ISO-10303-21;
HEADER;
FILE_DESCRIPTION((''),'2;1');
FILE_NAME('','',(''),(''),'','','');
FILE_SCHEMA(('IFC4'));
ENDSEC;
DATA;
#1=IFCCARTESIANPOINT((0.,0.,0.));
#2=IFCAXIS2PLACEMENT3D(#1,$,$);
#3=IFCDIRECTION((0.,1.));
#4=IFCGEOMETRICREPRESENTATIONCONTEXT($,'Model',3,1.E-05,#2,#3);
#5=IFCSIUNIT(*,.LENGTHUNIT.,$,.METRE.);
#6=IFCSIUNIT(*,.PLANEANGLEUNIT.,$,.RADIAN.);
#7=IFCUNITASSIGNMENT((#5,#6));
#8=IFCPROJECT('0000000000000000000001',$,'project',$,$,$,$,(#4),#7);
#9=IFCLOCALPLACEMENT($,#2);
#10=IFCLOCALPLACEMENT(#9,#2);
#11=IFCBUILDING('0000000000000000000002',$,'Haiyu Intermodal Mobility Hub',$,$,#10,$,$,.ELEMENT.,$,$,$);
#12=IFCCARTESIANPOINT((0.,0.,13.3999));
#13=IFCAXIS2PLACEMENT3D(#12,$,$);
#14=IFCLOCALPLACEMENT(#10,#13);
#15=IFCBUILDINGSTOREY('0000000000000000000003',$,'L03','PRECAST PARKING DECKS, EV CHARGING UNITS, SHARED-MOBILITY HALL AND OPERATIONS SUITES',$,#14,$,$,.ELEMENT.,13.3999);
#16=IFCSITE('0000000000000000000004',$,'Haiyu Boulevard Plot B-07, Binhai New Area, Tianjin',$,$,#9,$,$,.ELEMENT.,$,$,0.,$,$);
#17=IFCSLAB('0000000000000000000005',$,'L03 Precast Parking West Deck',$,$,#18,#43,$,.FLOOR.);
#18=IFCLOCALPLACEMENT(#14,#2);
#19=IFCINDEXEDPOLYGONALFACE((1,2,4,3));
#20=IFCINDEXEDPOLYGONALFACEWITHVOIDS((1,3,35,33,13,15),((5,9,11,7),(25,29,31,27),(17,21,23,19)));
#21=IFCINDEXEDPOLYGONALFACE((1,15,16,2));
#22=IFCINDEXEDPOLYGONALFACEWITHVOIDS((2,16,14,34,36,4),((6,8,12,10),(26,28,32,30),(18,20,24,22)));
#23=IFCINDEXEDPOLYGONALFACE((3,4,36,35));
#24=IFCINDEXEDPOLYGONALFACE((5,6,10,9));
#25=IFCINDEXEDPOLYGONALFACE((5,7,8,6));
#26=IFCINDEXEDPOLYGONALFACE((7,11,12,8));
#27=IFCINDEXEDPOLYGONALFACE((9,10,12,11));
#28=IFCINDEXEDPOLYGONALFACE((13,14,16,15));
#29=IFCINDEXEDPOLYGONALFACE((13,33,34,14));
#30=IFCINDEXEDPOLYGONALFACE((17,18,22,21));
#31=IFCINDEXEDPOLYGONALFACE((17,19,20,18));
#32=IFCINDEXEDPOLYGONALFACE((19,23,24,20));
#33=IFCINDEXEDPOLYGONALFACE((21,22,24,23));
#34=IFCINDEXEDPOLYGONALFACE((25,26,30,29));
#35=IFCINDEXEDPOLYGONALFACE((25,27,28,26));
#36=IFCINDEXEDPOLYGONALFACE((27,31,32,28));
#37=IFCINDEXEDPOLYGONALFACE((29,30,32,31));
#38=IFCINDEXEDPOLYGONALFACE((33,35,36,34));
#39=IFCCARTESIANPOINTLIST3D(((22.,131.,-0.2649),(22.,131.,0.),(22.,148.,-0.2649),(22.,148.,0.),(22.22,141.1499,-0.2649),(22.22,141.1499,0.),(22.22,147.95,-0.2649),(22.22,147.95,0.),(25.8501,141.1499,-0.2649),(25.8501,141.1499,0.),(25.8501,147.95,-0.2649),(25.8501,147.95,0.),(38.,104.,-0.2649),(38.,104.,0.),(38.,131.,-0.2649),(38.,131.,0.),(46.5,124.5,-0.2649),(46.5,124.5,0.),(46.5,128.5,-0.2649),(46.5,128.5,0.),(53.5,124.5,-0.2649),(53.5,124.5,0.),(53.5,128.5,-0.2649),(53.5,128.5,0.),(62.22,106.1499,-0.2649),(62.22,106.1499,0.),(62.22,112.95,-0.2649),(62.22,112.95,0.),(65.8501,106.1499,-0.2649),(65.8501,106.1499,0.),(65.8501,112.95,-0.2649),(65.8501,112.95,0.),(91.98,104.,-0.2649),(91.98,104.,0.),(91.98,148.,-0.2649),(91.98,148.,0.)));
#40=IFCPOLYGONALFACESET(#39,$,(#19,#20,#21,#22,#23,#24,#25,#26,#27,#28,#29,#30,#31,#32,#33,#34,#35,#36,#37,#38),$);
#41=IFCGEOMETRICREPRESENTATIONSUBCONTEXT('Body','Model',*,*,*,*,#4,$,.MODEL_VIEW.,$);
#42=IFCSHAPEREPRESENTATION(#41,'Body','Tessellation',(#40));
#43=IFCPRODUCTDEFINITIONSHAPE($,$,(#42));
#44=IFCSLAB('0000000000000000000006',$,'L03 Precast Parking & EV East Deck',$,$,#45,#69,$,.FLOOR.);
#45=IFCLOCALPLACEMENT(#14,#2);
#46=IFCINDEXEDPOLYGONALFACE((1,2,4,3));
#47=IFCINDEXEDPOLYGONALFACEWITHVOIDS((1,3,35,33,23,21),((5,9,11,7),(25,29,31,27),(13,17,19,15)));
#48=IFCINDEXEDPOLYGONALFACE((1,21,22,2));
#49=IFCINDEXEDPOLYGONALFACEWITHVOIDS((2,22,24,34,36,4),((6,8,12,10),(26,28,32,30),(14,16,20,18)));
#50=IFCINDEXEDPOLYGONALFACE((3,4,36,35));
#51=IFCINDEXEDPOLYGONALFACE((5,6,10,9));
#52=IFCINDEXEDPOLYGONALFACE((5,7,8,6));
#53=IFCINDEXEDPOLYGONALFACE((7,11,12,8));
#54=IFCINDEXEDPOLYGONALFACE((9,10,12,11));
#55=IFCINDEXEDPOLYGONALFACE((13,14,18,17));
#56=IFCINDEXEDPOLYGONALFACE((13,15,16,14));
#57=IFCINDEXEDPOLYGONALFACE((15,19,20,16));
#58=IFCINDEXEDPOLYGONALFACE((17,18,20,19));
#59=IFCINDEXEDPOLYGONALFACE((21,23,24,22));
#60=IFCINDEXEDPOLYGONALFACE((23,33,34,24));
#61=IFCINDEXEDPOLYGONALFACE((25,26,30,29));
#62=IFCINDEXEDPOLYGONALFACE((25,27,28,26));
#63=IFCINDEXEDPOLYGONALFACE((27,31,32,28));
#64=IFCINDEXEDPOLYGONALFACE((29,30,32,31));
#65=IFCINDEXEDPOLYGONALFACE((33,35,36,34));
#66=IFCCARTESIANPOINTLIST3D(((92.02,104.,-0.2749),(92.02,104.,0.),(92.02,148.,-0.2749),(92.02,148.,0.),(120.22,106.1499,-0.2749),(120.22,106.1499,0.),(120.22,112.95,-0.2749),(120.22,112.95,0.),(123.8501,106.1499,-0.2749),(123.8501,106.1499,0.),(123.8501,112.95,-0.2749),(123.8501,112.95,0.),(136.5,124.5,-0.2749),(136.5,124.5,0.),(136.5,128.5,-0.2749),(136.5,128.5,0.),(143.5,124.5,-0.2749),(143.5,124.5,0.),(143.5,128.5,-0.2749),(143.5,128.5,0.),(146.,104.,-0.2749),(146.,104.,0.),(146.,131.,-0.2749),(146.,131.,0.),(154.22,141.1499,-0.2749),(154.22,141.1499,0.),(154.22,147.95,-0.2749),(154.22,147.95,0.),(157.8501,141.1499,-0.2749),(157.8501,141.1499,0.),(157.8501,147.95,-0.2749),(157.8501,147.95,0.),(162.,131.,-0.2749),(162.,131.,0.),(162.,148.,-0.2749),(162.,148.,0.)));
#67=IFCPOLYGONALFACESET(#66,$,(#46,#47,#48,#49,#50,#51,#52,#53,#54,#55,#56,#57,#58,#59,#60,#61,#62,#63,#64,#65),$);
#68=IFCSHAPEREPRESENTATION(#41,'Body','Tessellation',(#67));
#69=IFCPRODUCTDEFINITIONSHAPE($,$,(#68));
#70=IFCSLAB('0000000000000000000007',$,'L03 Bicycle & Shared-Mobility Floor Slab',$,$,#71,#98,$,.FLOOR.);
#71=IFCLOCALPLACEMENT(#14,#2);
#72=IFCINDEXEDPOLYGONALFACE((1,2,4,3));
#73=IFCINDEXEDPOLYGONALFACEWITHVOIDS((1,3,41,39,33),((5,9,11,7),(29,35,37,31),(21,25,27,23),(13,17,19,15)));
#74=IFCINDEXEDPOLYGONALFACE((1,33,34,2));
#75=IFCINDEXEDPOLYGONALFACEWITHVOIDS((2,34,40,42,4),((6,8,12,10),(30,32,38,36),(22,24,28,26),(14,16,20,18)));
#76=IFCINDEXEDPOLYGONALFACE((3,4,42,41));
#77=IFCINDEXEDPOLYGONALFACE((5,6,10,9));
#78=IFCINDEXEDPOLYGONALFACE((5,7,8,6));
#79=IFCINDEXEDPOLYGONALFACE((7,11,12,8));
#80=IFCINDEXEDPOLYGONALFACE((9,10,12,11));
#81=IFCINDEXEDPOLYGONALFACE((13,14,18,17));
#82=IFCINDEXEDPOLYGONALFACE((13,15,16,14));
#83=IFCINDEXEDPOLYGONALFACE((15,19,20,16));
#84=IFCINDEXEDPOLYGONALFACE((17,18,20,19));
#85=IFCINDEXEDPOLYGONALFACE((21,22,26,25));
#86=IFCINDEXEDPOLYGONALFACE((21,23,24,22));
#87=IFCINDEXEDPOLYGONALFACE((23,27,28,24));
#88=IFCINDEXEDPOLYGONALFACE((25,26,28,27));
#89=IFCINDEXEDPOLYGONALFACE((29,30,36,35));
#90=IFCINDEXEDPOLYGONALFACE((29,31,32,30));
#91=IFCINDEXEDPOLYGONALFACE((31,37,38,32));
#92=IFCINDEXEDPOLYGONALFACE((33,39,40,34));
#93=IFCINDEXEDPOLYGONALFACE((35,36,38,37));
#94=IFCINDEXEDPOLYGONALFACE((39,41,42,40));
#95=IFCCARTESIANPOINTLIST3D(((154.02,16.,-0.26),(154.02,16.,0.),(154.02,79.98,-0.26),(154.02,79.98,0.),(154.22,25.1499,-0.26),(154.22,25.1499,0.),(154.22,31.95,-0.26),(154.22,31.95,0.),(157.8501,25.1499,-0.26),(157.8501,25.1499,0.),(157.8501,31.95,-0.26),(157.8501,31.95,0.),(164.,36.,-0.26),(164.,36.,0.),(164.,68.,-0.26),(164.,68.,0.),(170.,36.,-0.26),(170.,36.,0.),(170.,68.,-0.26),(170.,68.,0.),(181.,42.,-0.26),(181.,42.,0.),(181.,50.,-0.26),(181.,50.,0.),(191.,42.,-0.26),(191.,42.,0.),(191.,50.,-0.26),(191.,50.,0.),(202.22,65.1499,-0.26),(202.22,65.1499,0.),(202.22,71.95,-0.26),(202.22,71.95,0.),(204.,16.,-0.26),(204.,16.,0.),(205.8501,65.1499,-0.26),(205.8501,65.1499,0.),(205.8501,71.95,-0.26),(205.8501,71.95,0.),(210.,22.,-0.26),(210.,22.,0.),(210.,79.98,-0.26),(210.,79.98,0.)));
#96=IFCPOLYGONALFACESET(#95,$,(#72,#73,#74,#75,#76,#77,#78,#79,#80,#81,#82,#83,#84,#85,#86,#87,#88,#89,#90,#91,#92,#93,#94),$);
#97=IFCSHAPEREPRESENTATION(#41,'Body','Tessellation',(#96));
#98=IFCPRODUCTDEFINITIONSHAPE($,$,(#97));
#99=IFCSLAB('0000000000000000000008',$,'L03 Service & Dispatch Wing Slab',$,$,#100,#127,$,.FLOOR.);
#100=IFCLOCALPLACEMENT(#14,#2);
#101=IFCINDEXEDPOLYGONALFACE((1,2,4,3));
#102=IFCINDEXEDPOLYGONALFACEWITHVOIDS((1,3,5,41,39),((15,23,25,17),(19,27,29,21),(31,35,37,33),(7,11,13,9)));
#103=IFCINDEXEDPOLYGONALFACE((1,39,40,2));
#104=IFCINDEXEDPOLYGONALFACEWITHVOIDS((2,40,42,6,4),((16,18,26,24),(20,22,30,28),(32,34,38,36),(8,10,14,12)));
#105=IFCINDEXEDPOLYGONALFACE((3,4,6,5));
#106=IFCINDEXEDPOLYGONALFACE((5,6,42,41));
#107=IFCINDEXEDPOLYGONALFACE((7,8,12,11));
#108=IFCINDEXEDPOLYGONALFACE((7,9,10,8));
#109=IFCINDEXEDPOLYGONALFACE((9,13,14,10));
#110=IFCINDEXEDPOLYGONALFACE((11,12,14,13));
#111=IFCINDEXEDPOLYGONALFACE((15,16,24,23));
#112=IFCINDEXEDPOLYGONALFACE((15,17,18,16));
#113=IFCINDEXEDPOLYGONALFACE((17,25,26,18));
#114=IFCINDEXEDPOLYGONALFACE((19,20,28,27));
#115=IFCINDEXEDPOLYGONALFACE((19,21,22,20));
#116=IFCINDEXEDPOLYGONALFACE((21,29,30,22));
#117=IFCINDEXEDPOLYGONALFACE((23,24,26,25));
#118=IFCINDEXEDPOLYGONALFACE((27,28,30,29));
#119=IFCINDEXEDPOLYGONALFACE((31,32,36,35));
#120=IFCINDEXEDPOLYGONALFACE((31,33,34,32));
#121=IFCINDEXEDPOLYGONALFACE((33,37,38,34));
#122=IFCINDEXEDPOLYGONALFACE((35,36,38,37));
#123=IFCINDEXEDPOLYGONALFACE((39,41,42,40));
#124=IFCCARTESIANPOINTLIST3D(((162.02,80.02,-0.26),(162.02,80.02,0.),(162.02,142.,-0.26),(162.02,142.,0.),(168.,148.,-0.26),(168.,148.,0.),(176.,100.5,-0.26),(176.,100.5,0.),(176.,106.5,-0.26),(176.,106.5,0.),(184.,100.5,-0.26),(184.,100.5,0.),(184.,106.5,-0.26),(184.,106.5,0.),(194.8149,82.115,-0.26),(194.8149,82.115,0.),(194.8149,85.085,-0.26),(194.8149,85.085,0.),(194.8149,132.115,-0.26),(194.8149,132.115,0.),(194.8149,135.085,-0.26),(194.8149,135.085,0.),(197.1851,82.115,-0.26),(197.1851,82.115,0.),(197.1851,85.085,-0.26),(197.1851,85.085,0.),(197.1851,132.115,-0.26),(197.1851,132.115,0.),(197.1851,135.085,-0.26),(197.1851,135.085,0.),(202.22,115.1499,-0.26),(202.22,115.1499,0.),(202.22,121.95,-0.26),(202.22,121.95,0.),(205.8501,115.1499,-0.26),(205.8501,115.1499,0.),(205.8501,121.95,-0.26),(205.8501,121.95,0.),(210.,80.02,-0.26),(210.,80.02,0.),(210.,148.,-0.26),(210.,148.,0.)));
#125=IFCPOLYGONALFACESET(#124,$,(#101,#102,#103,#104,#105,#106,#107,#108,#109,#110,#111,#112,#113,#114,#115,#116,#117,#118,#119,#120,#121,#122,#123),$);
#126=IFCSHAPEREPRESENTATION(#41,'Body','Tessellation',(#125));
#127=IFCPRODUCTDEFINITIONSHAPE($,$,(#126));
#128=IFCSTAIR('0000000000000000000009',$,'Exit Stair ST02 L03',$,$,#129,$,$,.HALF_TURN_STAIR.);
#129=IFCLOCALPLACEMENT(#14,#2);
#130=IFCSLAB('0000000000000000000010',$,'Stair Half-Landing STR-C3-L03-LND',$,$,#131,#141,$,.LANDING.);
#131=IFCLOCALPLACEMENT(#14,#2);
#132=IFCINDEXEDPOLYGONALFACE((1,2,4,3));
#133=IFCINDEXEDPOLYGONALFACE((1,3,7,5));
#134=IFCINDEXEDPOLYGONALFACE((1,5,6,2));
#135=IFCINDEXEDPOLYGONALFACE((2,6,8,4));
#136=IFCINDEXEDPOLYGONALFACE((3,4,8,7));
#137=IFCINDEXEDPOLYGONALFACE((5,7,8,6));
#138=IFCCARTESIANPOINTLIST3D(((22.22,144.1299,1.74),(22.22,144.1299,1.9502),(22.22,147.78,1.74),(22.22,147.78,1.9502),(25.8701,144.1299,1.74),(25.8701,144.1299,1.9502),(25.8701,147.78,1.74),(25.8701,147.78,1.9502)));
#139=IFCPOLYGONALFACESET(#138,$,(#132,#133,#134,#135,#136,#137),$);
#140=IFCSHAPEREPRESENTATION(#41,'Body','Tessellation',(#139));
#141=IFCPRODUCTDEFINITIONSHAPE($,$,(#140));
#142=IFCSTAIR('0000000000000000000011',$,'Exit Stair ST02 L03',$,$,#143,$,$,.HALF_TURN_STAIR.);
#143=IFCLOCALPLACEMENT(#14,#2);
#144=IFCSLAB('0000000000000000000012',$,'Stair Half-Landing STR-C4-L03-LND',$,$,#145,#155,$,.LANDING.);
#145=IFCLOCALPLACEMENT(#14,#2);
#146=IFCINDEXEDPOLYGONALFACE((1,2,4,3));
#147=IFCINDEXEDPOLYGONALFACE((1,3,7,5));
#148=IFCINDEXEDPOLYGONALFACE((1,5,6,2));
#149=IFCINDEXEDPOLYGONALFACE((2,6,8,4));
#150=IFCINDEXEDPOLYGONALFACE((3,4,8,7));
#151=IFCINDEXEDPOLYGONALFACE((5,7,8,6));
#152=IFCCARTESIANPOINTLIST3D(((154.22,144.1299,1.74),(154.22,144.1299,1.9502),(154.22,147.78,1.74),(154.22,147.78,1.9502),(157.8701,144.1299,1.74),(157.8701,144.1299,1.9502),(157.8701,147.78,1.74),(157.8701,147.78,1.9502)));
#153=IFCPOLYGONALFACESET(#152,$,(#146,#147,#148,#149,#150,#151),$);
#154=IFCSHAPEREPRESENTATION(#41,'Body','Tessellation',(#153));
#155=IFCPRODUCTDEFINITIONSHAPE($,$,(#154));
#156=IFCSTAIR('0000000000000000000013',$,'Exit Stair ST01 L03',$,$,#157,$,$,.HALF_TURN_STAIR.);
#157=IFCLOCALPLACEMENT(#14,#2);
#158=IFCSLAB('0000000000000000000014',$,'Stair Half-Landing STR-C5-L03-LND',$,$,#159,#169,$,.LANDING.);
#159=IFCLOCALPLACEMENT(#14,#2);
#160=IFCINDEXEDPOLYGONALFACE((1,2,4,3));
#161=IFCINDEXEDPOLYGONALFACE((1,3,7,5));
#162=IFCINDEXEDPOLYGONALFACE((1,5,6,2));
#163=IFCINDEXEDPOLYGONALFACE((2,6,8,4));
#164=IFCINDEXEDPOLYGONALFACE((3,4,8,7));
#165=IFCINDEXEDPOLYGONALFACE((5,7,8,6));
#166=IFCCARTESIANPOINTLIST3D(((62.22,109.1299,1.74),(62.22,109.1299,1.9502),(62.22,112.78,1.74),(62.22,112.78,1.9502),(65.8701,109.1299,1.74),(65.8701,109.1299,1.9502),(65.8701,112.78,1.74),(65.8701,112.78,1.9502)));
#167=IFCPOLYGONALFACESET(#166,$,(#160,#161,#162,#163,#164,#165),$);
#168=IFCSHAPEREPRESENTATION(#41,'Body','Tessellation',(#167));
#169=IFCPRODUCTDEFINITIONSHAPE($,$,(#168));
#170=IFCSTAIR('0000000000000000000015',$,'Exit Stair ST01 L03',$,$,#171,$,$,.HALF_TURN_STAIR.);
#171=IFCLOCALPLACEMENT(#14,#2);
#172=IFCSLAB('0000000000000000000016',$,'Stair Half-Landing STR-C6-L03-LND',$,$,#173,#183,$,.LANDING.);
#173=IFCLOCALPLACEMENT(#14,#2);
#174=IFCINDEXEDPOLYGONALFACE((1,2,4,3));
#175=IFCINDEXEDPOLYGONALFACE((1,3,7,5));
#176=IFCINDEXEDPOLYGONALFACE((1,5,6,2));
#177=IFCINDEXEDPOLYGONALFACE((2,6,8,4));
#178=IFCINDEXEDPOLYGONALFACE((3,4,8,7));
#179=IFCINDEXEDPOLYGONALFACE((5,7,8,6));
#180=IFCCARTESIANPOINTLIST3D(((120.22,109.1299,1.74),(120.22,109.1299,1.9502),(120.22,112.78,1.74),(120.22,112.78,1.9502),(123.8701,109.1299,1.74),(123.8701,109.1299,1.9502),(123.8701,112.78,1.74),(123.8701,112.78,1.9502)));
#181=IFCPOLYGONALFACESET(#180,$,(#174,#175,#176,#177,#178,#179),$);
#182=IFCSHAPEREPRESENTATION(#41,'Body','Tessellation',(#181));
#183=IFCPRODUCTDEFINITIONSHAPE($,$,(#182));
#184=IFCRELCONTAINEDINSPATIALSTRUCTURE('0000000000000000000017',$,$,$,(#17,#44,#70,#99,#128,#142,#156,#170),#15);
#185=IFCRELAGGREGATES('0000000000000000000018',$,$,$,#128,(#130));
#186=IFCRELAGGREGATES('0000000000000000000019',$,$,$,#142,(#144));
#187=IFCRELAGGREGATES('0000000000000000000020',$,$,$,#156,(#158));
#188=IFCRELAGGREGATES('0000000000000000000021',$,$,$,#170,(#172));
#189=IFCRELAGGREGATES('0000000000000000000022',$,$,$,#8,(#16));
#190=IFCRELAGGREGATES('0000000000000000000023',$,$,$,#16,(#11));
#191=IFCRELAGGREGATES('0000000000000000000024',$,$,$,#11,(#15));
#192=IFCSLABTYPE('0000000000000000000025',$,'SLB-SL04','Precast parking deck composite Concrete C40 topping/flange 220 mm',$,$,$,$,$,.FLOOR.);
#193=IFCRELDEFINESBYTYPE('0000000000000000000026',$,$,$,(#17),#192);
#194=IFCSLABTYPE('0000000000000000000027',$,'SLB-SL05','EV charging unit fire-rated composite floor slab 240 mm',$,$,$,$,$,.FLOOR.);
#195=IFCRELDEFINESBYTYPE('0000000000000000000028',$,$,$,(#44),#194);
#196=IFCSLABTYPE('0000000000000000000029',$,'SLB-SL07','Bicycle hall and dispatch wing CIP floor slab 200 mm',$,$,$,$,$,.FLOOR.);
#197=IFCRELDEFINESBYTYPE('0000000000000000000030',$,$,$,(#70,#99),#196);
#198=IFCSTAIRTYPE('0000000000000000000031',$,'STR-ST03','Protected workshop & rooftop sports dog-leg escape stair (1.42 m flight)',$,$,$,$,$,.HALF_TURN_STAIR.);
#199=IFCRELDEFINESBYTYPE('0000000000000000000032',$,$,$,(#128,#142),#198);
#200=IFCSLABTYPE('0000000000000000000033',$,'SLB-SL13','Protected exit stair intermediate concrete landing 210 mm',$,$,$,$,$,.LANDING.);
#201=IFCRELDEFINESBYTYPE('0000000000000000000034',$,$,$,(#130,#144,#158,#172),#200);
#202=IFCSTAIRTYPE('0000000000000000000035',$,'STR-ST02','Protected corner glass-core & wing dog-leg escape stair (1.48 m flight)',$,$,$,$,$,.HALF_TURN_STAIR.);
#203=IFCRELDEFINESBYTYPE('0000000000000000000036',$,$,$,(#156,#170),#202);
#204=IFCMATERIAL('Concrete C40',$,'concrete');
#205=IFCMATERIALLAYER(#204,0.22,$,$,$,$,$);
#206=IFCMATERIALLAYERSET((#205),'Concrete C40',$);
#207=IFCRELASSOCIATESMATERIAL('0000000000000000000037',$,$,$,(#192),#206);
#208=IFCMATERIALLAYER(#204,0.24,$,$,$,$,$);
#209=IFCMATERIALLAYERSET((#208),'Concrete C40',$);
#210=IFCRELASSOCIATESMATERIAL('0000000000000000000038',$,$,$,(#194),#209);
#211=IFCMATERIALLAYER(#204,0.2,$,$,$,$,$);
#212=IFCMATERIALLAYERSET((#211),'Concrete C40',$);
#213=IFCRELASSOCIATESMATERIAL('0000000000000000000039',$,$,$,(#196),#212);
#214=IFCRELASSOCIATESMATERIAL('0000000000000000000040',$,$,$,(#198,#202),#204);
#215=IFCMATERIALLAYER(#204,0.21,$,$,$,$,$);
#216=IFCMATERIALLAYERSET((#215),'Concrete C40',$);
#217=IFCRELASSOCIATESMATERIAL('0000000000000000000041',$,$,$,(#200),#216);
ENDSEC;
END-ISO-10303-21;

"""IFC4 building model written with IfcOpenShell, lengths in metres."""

from ifc_helpers import new_model, si_unit, direction, frame, origin, place, context, subcontext, project, spatial, polyline, outline, extrude, material, layer, layer_set, type_object, element, aggregate, save


model = new_model("IFC4")

# Units and contexts
model_context = context("Model", 3, precision=1e-05, world=origin(), true_north=direction((0.0, 1.0)))
body_context = subcontext(model_context, "Body", "Model", "MODEL_VIEW")
ifc_project = project(units=[si_unit("LENGTHUNIT", "METRE"), si_unit("PLANEANGLEUNIT", "RADIAN")], contexts=[model_context])

# Site, building, storey
site_placement = place(None, origin())
site = spatial("IfcSite", under=ifc_project, at=site_placement, Name="Haiyu Boulevard Plot B-07, Binhai New Area, Tianjin", CompositionType="ELEMENT", RefElevation=0.0)
building_placement = place(site_placement, origin())
building = spatial("IfcBuilding", under=site, at=building_placement, Name="Haiyu Intermodal Mobility Hub", CompositionType="ELEMENT")
storey_placement = place(building_placement, frame((0.0, 0.0, 13.3999)))
storey = spatial("IfcBuildingStorey", under=building, at=storey_placement, Name="L03", Description="PRECAST PARKING DECKS, EV CHARGING UNITS, SHARED-MOBILITY HALL AND OPERATIONS SUITES", CompositionType="ELEMENT", Elevation=13.3999)

# Shared definitions
ifc_material_1 = material(Name="Concrete C40", Category="concrete")

# Slabs
ifc_layer_1 = layer(ifc_material_1, 0.22)
ifc_layer_set_1 = layer_set([ifc_layer_1], Name="Concrete C40")
slab_type_1 = type_object("IfcSlabType", Name="SLB-SL04", Description="Precast parking deck composite Concrete C40 topping/flange 220 mm", PredefinedType="FLOOR", material=ifc_layer_set_1)
slab_1_placement = place(storey_placement, frame((0.0, 0.0, -0.2649)))
element("IfcSlab", 1, at=slab_1_placement, inside=storey, type_object=slab_type_1, Name="L03 Precast Parking West Deck", PredefinedType="FLOOR", context=body_context, shape_type="SweptSolid", body=[
    extrude(outline(polyline([(38.0, 104.0), (91.98, 104.0), (91.98, 148.0), (22.0, 148.0), (22.0, 131.0), (38.0, 131.0), (38.0, 104.0)]), holes=[polyline([(22.22, 141.1499), (25.8501, 141.1499), (25.8501, 147.95), (22.22, 147.95), (22.22, 141.1499)]), polyline([(62.22, 106.1499), (65.8501, 106.1499), (65.8501, 112.95), (62.22, 112.95), (62.22, 106.1499)]), polyline([(46.5, 124.5), (53.5, 124.5), (53.5, 128.5), (46.5, 128.5), (46.5, 124.5)])]), origin(), (0.0, 0.0, 1.0), 0.2649),
])
ifc_layer_2 = layer(ifc_material_1, 0.24)
ifc_layer_set_2 = layer_set([ifc_layer_2], Name="Concrete C40")
slab_type_2 = type_object("IfcSlabType", Name="SLB-SL05", Description="EV charging unit fire-rated composite floor slab 240 mm", PredefinedType="FLOOR", material=ifc_layer_set_2)
slab_2_placement = place(storey_placement, frame((0.0, 0.0, -0.2749)))
element("IfcSlab", 2, at=slab_2_placement, inside=storey, type_object=slab_type_2, Name="L03 Precast Parking & EV East Deck", PredefinedType="FLOOR", context=body_context, shape_type="SweptSolid", body=[
    extrude(outline(polyline([(92.02, 104.0), (146.0, 104.0), (146.0, 131.0), (162.0, 131.0), (162.0, 148.0), (92.02, 148.0), (92.02, 104.0)]), holes=[polyline([(154.22, 141.1499), (157.8501, 141.1499), (157.8501, 147.95), (154.22, 147.95), (154.22, 141.1499)]), polyline([(120.22, 106.1499), (123.8501, 106.1499), (123.8501, 112.95), (120.22, 112.95), (120.22, 106.1499)]), polyline([(136.5, 124.5), (143.5, 124.5), (143.5, 128.5), (136.5, 128.5), (136.5, 124.5)])]), origin(), (0.0, 0.0, 1.0), 0.2749),
])
ifc_layer_3 = layer(ifc_material_1, 0.2)
ifc_layer_set_3 = layer_set([ifc_layer_3], Name="Concrete C40")
slab_type_3 = type_object("IfcSlabType", Name="SLB-SL07", Description="Bicycle hall and dispatch wing CIP floor slab 200 mm", PredefinedType="FLOOR", material=ifc_layer_set_3)
slab_3_placement = place(storey_placement, frame((0.0, 0.0, -0.26)))
element("IfcSlab", 3, at=slab_3_placement, inside=storey, type_object=slab_type_3, Name="L03 Bicycle & Shared-Mobility Floor Slab", PredefinedType="FLOOR", context=body_context, shape_type="SweptSolid", body=[
    extrude(outline(polyline([(154.02, 16.0), (204.0, 16.0), (210.0, 22.0), (210.0, 79.98), (154.02, 79.98), (154.02, 16.0)]), holes=[polyline([(154.22, 25.1499), (157.8501, 25.1499), (157.8501, 31.95), (154.22, 31.95), (154.22, 25.1499)]), polyline([(202.22, 65.1499), (205.8501, 65.1499), (205.8501, 71.95), (202.22, 71.95), (202.22, 65.1499)]), polyline([(164.0, 36.0), (170.0, 36.0), (170.0, 68.0), (164.0, 68.0), (164.0, 36.0)]), polyline([(181.0, 42.0), (191.0, 42.0), (191.0, 50.0), (181.0, 50.0), (181.0, 42.0)])]), origin(), (0.0, 0.0, 1.0), 0.26),
])
slab_4_placement = place(storey_placement, frame((0.0, 0.0, -0.26)))
element("IfcSlab", 4, at=slab_4_placement, inside=storey, type_object=slab_type_3, Name="L03 Service & Dispatch Wing Slab", PredefinedType="FLOOR", context=body_context, shape_type="SweptSolid", body=[
    extrude(outline(polyline([(162.02, 80.02), (210.0, 80.02), (210.0, 148.0), (168.0, 148.0), (162.02, 142.0), (162.02, 80.02)]), holes=[polyline([(202.22, 115.1499), (205.8501, 115.1499), (205.8501, 121.95), (202.22, 121.95), (202.22, 115.1499)]), polyline([(194.8149, 82.115), (197.1851, 82.115), (197.1851, 85.085), (194.8149, 85.085), (194.8149, 82.115)]), polyline([(194.8149, 132.115), (197.1851, 132.115), (197.1851, 135.085), (194.8149, 135.085), (194.8149, 132.115)]), polyline([(176.0, 100.5), (184.0, 100.5), (184.0, 106.5), (176.0, 106.5), (176.0, 100.5)])]), origin(), (0.0, 0.0, 1.0), 0.26),
])

# Stairs, slabs
stair_type_1 = type_object("IfcStairType", Name="STR-ST03", Description="Protected workshop & rooftop sports dog-leg escape stair (1.42 m flight)", PredefinedType="HALF_TURN_STAIR", material=ifc_material_1)
stair_1_placement = place(storey_placement, origin())
stair_1 = element("IfcStair", 5, at=stair_1_placement, inside=storey, type_object=stair_type_1, Name="Exit Stair ST02 L03", PredefinedType="HALF_TURN_STAIR")
ifc_layer_4 = layer(ifc_material_1, 0.21)
ifc_layer_set_4 = layer_set([ifc_layer_4], Name="Concrete C40")
slab_type_4 = type_object("IfcSlabType", Name="SLB-SL13", Description="Protected exit stair intermediate concrete landing 210 mm", PredefinedType="LANDING", material=ifc_layer_set_4)
slab_5_placement = place(storey_placement, frame((0.0, 0.0, 1.74)))
slab_5 = element("IfcSlab", 6, at=slab_5_placement, type_object=slab_type_4, Name="Stair Half-Landing STR-C3-L03-LND", PredefinedType="LANDING", context=body_context, shape_type="SweptSolid", body=[
    extrude(outline(polyline([(22.22, 144.1299), (25.8701, 144.1299), (25.8701, 147.78), (22.22, 147.78), (22.22, 144.1299)])), origin(), (0.0, 0.0, 1.0), 0.2102),
])
aggregate(stair_1, [slab_5])
stair_2_placement = place(storey_placement, origin())
stair_2 = element("IfcStair", 7, at=stair_2_placement, inside=storey, type_object=stair_type_1, Name="Exit Stair ST02 L03", PredefinedType="HALF_TURN_STAIR")
slab_6_placement = place(storey_placement, frame((0.0, 0.0, 1.74)))
slab_6 = element("IfcSlab", 8, at=slab_6_placement, type_object=slab_type_4, Name="Stair Half-Landing STR-C4-L03-LND", PredefinedType="LANDING", context=body_context, shape_type="SweptSolid", body=[
    extrude(outline(polyline([(154.22, 144.1299), (157.8701, 144.1299), (157.8701, 147.78), (154.22, 147.78), (154.22, 144.1299)])), origin(), (0.0, 0.0, 1.0), 0.2102),
])
aggregate(stair_2, [slab_6])
stair_type_2 = type_object("IfcStairType", Name="STR-ST02", Description="Protected corner glass-core & wing dog-leg escape stair (1.48 m flight)", PredefinedType="HALF_TURN_STAIR", material=ifc_material_1)
stair_3_placement = place(storey_placement, origin())
stair_3 = element("IfcStair", 9, at=stair_3_placement, inside=storey, type_object=stair_type_2, Name="Exit Stair ST01 L03", PredefinedType="HALF_TURN_STAIR")
slab_7_placement = place(storey_placement, frame((0.0, 0.0, 1.74)))
slab_7 = element("IfcSlab", 10, at=slab_7_placement, type_object=slab_type_4, Name="Stair Half-Landing STR-C5-L03-LND", PredefinedType="LANDING", context=body_context, shape_type="SweptSolid", body=[
    extrude(outline(polyline([(62.22, 109.1299), (65.8701, 109.1299), (65.8701, 112.78), (62.22, 112.78), (62.22, 109.1299)])), origin(), (0.0, 0.0, 1.0), 0.2102),
])
aggregate(stair_3, [slab_7])
stair_4_placement = place(storey_placement, origin())
stair_4 = element("IfcStair", 11, at=stair_4_placement, inside=storey, type_object=stair_type_2, Name="Exit Stair ST01 L03", PredefinedType="HALF_TURN_STAIR")
slab_8_placement = place(storey_placement, frame((0.0, 0.0, 1.74)))
slab_8 = element("IfcSlab", 12, at=slab_8_placement, type_object=slab_type_4, Name="Stair Half-Landing STR-C6-L03-LND", PredefinedType="LANDING", context=body_context, shape_type="SweptSolid", body=[
    extrude(outline(polyline([(120.22, 109.1299), (123.8701, 109.1299), (123.8701, 112.78), (120.22, 112.78), (120.22, 109.1299)])), origin(), (0.0, 0.0, 1.0), 0.2102),
])
aggregate(stair_4, [slab_8])

save(model, "model.ifc")
